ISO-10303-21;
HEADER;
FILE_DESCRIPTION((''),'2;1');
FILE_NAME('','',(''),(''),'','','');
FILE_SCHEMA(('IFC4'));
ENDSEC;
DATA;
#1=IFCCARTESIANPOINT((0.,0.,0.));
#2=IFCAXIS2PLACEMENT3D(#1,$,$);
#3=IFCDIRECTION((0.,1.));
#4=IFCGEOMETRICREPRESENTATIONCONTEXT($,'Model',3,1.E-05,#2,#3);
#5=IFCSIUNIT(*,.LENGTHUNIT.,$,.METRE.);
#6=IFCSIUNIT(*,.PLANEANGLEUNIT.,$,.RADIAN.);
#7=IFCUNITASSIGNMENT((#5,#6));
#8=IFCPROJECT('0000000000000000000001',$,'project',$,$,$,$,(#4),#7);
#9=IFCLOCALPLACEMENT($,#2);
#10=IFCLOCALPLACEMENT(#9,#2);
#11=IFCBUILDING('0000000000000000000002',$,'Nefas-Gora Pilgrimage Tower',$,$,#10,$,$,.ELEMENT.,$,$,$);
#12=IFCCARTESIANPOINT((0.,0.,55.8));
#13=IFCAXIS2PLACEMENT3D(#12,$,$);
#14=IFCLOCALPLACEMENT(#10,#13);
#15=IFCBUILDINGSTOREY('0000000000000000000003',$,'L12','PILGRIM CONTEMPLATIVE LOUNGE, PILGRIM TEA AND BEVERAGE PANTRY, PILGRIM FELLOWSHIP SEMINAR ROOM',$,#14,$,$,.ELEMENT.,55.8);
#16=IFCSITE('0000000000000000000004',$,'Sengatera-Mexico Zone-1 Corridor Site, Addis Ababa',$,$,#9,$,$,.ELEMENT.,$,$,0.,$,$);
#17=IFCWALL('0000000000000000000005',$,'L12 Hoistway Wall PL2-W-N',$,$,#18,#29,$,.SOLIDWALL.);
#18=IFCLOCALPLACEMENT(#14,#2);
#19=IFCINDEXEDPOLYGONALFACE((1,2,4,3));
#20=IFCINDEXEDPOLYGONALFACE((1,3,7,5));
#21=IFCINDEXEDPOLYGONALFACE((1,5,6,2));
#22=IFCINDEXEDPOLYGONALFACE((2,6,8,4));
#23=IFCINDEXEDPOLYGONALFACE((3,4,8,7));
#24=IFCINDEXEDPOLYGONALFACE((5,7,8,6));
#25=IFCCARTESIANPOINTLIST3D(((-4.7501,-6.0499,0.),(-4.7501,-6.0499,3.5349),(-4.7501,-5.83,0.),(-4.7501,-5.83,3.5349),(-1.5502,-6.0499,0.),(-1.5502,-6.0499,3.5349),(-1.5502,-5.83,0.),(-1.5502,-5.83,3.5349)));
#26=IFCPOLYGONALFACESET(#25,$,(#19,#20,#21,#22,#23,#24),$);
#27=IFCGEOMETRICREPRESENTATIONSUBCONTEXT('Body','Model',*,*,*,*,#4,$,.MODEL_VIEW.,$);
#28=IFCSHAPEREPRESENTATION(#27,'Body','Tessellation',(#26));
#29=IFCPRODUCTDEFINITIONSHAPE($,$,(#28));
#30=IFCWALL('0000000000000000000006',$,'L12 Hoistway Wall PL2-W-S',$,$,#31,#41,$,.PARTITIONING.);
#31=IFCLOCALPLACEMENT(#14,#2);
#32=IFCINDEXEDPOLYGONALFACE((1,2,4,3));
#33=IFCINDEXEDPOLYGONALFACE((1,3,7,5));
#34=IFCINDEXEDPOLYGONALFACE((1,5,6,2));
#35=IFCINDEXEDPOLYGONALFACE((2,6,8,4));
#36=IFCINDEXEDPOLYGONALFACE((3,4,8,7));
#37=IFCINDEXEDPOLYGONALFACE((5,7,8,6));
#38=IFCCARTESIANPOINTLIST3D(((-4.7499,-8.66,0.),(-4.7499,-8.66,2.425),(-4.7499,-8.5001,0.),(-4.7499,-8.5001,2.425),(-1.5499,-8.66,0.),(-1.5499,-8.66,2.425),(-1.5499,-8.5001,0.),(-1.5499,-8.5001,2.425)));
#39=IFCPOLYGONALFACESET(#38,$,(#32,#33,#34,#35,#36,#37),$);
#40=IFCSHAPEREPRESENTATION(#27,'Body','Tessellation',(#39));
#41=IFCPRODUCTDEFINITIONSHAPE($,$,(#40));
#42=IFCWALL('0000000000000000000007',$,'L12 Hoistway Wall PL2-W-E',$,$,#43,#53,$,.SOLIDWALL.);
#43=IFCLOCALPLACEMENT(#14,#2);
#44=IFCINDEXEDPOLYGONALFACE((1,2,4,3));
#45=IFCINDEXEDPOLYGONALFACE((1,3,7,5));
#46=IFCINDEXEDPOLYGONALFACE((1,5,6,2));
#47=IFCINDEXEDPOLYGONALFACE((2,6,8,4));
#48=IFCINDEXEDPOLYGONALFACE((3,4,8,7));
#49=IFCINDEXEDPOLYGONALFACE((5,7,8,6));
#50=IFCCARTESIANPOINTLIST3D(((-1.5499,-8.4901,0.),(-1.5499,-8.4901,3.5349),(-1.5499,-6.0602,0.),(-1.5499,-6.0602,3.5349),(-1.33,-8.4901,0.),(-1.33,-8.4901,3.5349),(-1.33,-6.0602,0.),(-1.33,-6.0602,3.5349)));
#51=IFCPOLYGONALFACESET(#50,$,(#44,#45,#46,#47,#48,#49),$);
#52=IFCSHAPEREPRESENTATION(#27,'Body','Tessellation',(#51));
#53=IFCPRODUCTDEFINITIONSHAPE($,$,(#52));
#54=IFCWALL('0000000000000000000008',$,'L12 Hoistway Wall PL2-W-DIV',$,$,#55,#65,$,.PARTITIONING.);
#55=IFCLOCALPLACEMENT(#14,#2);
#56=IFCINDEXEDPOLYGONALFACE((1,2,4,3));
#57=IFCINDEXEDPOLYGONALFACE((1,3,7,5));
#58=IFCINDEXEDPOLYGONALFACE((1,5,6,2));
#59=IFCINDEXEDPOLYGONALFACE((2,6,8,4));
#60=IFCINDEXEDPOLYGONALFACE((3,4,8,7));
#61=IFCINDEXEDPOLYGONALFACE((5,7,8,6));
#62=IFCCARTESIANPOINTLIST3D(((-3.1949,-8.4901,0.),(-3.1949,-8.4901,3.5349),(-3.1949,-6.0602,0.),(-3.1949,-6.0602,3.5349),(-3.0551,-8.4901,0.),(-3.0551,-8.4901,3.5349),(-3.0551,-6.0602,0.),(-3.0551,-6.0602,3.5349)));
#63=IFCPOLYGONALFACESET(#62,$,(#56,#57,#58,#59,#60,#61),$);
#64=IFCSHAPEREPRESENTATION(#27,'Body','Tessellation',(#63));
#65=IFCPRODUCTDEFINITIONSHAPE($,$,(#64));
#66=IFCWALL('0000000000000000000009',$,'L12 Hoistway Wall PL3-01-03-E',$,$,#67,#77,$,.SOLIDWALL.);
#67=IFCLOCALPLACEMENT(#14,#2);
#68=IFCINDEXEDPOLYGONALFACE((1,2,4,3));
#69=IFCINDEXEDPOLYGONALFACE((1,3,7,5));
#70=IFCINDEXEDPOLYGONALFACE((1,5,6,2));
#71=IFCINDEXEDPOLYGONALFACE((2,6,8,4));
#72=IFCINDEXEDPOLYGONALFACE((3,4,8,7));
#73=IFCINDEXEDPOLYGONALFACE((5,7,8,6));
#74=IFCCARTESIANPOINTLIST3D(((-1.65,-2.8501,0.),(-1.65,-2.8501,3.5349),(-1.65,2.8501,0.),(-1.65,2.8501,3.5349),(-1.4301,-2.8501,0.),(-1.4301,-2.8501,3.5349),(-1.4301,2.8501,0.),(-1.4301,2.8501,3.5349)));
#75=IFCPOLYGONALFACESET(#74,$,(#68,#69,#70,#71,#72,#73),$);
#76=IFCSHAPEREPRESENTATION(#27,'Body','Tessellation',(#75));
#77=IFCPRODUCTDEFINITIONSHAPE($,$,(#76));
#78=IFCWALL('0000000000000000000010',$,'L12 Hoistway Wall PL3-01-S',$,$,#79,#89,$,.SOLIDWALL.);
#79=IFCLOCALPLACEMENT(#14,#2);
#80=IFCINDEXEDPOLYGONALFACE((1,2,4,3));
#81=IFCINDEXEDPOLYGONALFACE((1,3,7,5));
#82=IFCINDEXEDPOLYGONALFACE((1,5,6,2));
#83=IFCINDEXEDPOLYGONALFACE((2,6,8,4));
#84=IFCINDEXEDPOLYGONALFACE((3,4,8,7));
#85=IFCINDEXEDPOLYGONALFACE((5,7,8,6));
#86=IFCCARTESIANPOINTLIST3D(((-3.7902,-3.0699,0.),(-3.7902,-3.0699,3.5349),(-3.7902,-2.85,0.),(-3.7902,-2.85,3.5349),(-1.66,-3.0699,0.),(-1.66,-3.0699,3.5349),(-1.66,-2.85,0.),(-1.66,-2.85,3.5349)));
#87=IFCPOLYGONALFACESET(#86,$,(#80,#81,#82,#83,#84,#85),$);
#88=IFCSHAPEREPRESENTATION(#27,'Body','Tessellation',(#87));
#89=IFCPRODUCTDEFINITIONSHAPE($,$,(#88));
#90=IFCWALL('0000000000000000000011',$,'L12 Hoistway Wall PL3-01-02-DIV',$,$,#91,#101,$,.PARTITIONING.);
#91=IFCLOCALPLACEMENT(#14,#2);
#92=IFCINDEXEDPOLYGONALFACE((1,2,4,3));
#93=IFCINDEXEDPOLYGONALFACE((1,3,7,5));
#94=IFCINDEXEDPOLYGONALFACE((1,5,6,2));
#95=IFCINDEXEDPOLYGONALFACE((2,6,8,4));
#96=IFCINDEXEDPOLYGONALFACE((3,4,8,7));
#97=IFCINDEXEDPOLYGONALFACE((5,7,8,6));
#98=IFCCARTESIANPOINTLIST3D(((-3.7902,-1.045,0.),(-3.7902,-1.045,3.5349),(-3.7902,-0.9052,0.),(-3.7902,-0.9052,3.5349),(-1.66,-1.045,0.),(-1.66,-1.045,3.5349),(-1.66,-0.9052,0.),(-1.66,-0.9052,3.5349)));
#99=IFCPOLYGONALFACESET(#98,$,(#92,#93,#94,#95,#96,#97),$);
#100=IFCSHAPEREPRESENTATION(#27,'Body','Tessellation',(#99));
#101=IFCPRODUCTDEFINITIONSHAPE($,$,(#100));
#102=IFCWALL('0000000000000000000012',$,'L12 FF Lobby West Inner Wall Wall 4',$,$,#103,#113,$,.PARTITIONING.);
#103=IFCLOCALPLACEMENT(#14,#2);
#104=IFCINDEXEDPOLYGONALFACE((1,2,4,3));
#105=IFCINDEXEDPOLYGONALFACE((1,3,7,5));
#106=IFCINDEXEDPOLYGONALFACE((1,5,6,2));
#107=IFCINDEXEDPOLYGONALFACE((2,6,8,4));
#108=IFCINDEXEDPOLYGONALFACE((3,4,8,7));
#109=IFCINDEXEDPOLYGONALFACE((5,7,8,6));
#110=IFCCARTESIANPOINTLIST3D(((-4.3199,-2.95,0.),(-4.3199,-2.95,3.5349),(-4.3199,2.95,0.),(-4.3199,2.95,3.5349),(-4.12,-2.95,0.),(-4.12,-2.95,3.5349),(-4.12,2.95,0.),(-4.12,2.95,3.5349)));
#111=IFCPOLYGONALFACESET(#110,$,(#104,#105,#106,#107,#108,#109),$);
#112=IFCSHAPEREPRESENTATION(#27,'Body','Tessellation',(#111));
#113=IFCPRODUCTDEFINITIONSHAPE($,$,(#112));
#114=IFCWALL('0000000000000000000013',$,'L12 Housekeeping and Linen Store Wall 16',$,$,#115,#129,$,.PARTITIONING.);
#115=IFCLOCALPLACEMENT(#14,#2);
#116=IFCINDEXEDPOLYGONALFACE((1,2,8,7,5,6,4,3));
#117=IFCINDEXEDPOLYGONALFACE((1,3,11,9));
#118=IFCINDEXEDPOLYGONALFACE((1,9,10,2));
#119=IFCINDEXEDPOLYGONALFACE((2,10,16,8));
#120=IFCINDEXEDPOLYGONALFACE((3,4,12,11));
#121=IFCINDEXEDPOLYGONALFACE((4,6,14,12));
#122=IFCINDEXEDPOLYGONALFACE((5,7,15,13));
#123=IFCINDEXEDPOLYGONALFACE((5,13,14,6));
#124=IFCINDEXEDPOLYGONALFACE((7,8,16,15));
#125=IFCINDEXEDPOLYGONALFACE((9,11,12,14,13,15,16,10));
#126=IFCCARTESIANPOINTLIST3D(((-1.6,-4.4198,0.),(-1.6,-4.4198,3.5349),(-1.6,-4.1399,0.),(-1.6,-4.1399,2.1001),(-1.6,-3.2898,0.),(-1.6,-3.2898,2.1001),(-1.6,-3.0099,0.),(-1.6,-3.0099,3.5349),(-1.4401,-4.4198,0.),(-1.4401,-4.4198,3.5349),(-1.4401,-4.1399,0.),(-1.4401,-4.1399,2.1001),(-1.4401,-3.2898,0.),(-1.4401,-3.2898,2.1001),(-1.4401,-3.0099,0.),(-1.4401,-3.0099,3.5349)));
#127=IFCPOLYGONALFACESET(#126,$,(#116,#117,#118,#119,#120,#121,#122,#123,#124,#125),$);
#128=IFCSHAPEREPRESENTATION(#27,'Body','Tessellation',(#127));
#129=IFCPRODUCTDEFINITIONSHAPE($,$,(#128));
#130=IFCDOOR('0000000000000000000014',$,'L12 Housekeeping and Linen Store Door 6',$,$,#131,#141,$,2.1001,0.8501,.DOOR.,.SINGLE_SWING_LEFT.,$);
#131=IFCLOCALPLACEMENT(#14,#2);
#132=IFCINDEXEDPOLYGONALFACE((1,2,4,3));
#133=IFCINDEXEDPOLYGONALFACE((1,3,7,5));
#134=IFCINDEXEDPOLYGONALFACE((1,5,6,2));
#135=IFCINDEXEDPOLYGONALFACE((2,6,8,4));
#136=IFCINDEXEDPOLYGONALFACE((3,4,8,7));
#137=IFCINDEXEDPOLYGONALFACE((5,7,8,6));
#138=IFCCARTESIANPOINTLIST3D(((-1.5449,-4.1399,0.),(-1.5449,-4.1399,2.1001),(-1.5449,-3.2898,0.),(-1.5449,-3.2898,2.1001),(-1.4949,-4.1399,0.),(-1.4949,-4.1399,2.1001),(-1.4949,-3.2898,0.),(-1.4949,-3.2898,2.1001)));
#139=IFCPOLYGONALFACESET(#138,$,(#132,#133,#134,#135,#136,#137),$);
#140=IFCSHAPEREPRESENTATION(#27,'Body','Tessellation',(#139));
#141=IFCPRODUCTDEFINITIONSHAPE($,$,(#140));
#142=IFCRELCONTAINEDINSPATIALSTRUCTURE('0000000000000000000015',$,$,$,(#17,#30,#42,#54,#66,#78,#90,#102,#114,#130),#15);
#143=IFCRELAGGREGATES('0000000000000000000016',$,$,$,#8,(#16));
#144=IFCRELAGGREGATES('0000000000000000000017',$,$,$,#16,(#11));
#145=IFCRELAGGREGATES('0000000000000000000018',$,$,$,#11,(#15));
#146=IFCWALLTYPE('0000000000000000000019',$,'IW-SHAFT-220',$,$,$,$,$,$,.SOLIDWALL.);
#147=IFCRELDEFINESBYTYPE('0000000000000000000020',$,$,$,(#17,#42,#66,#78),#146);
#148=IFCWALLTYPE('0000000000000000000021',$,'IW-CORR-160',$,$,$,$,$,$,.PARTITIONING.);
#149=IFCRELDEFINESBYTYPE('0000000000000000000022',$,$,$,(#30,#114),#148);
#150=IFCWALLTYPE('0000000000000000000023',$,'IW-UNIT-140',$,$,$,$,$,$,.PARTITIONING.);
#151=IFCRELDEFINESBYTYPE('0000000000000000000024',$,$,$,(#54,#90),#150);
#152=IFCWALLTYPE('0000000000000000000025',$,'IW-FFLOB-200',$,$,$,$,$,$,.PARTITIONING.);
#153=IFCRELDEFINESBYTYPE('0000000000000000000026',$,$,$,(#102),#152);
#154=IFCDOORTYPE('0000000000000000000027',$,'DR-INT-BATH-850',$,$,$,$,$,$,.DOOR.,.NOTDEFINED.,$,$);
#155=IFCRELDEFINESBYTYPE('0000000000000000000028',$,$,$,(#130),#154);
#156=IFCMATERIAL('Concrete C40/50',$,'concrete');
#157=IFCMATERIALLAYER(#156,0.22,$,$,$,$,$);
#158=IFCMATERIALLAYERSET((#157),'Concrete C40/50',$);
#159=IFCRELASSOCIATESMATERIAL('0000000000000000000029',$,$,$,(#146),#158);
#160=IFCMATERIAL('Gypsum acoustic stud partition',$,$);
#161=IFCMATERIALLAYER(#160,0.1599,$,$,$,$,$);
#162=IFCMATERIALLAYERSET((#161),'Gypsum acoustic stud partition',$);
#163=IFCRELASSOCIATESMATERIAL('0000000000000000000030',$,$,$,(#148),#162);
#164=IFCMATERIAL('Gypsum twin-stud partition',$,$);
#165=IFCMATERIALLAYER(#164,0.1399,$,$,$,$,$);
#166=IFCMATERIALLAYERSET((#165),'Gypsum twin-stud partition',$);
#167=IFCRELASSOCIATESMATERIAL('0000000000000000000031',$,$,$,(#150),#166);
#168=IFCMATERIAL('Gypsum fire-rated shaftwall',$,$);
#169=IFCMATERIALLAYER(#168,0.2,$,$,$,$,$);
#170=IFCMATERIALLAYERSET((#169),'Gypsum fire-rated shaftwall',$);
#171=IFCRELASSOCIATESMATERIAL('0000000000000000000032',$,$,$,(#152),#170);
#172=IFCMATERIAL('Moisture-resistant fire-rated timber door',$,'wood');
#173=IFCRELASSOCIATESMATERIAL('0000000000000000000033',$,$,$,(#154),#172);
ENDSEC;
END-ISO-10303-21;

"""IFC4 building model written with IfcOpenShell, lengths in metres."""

from ifc_helpers import new_model, si_unit, direction, frame, frame_2d, origin, place, context, subcontext, project, spatial, rectangle, extrude, source, transform, mapped, material, layer, layer_set, type_object, element, fill, save


model = new_model("IFC4")

# Units and contexts
model_context = context("Model", 3, precision=1e-05, world=origin(), true_north=direction((0.0, 1.0)))
body_context = subcontext(model_context, "Body", "Model", "MODEL_VIEW")
ifc_project = project(units=[si_unit("LENGTHUNIT", "METRE"), si_unit("PLANEANGLEUNIT", "RADIAN")], contexts=[model_context])

# Site, building, storey
site_placement = place(None, origin())
site = spatial("IfcSite", under=ifc_project, at=site_placement, Name="Sengatera-Mexico Zone-1 Corridor Site, Addis Ababa", CompositionType="ELEMENT", RefElevation=0.0)
building_placement = place(site_placement, origin())
building = spatial("IfcBuilding", under=site, at=building_placement, Name="Nefas-Gora Pilgrimage Tower", CompositionType="ELEMENT")
storey_placement = place(building_placement, frame((0.0, 0.0, 55.8)))
storey = spatial("IfcBuildingStorey", under=building, at=storey_placement, Name="L12", Description="PILGRIM CONTEMPLATIVE LOUNGE, PILGRIM TEA AND BEVERAGE PANTRY, PILGRIM FELLOWSHIP SEMINAR ROOM", CompositionType="ELEMENT", Elevation=55.8)

# Walls
ifc_material_1 = material(Name="Concrete C40/50", Category="concrete")
ifc_layer_1 = layer(ifc_material_1, 0.22)
ifc_layer_set_1 = layer_set([ifc_layer_1], Name="Concrete C40/50")
wall_type_1 = type_object("IfcWallType", Name="IW-SHAFT-220", PredefinedType="SOLIDWALL", material=ifc_layer_set_1)
shared_shape_1 = source(origin(), body_context, "Body", "SweptSolid", [
    extrude(rectangle(XDim=3.2, YDim=0.22, at=frame_2d((1.6001, 0.0))), origin(), (0.0, 0.0, 1.0), 3.5349),
])
wall_1_placement = place(storey_placement, frame((-1.55, -5.9399, 0.0), z_axis=(0.0, 0.0, 1.0), x_axis=(-1.0, 0.0, 0.0)))
element("IfcWall", 1, at=wall_1_placement, inside=storey, type_object=wall_type_1, Name="L12 Hoistway Wall PL2-W-N", PredefinedType="SOLIDWALL", context=body_context, shape_type="MappedRepresentation", body=[
    mapped(shared_shape_1, transform((0.0, 0.0, 0.0), x_axis=(1.0, 0.0, 0.0), y_axis=(0.0, 1.0, 0.0), z_axis=(0.0, 0.0, 1.0), scale=1.0)),
])
ifc_material_2 = material(Name="Gypsum acoustic stud partition")
ifc_layer_2 = layer(ifc_material_2, 0.1599)
ifc_layer_set_2 = layer_set([ifc_layer_2], Name="Gypsum acoustic stud partition")
wall_type_2 = type_object("IfcWallType", Name="IW-CORR-160", PredefinedType="PARTITIONING", material=ifc_layer_set_2)
shared_shape_2 = source(origin(), body_context, "Body", "SweptSolid", [
    extrude(rectangle(XDim=3.2, YDim=0.1599, at=frame_2d((1.6001, 0.0))), origin(), (0.0, 0.0, 1.0), 2.425),
])
wall_2_placement = place(storey_placement, frame((-4.75, -8.5801, 0.0), z_axis=(0.0, 0.0, 1.0), x_axis=(1.0, 0.0, 0.0)))
element("IfcWall", 2, at=wall_2_placement, inside=storey, type_object=wall_type_2, Name="L12 Hoistway Wall PL2-W-S", PredefinedType="PARTITIONING", context=body_context, shape_type="MappedRepresentation", body=[
    mapped(shared_shape_2, transform((0.0, 0.0, 0.0), x_axis=(1.0, 0.0, 0.0), y_axis=(0.0, 1.0, 0.0), z_axis=(0.0, 0.0, 1.0), scale=1.0)),
])
shared_shape_3 = source(origin(), body_context, "Body", "SweptSolid", [
    extrude(rectangle(XDim=2.4299, YDim=0.22, at=frame_2d((1.2148, 0.0))), origin(), (0.0, 0.0, 1.0), 3.5349),
])
for number, where, z_axis, x_axis, name in (
    (3, (-1.4399, -8.49, 0.0), (0.0, 0.0, 1.0), (0.0, 1.0, 0.0), "L12 Hoistway Wall PL2-W-E"),
):
    element("IfcWall", number, at=place(storey_placement, frame(where, z_axis=z_axis, x_axis=x_axis)), inside=storey, type_object=wall_type_1, Name=name, PredefinedType="SOLIDWALL", context=body_context, shape_type="MappedRepresentation", body=[
        mapped(shared_shape_3, transform((0.0, 0.0, 0.0), x_axis=(1.0, 0.0, 0.0), y_axis=(0.0, 1.0, 0.0), z_axis=(0.0, 0.0, 1.0), scale=1.0)),
    ])
ifc_material_3 = material(Name="Gypsum twin-stud partition")
ifc_layer_3 = layer(ifc_material_3, 0.1399)
ifc_layer_set_3 = layer_set([ifc_layer_3], Name="Gypsum twin-stud partition")
wall_type_3 = type_object("IfcWallType", Name="IW-UNIT-140", PredefinedType="PARTITIONING", material=ifc_layer_set_3)
shared_shape_4 = source(origin(), body_context, "Body", "SweptSolid", [
    extrude(rectangle(XDim=2.4299, YDim=0.1399, at=frame_2d((1.2148, 0.0))), origin(), (0.0, 0.0, 1.0), 3.5349),
])
wall_3_placement = place(storey_placement, frame((-3.125, -8.49, 0.0), z_axis=(0.0, 0.0, 1.0), x_axis=(0.0, 1.0, 0.0)))
element("IfcWall", 4, at=wall_3_placement, inside=storey, type_object=wall_type_3, Name="L12 Hoistway Wall PL2-W-DIV", PredefinedType="PARTITIONING", context=body_context, shape_type="MappedRepresentation", body=[
    mapped(shared_shape_4, transform((0.0, 0.0, 0.0), x_axis=(1.0, 0.0, 0.0), y_axis=(0.0, 1.0, 0.0), z_axis=(0.0, 0.0, 1.0), scale=1.0)),
])
shared_shape_5 = source(origin(), body_context, "Body", "SweptSolid", [
    extrude(rectangle(XDim=5.7002, YDim=0.22, at=frame_2d((2.8501, 0.0))), origin(), (0.0, 0.0, 1.0), 3.5349),
])
wall_4_placement = place(storey_placement, frame((-1.54, -2.8501, 0.0), z_axis=(0.0, 0.0, 1.0), x_axis=(0.0, 1.0, 0.0)))
element("IfcWall", 5, at=wall_4_placement, inside=storey, type_object=wall_type_1, Name="L12 Hoistway Wall PL3-01-03-E", PredefinedType="SOLIDWALL", context=body_context, shape_type="MappedRepresentation", body=[
    mapped(shared_shape_5, transform((0.0, 0.0, 0.0), x_axis=(1.0, 0.0, 0.0), y_axis=(0.0, 1.0, 0.0), z_axis=(0.0, 0.0, 1.0), scale=1.0)),
])
shared_shape_6 = source(origin(), body_context, "Body", "SweptSolid", [
    extrude(rectangle(XDim=2.1301, YDim=0.22, at=frame_2d((1.0649, 0.0))), origin(), (0.0, 0.0, 1.0), 3.5349),
])
wall_5_placement = place(storey_placement, frame((-3.79, -2.96, 0.0), z_axis=(0.0, 0.0, 1.0), x_axis=(1.0, 0.0, 0.0)))
element("IfcWall", 6, at=wall_5_placement, inside=storey, type_object=wall_type_1, Name="L12 Hoistway Wall PL3-01-S", PredefinedType="SOLIDWALL", context=body_context, shape_type="MappedRepresentation", body=[
    mapped(shared_shape_6, transform((0.0, 0.0, 0.0), x_axis=(1.0, 0.0, 0.0), y_axis=(0.0, 1.0, 0.0), z_axis=(0.0, 0.0, 1.0), scale=1.0)),
])
shared_shape_7 = source(origin(), body_context, "Body", "SweptSolid", [
    extrude(rectangle(XDim=2.1301, YDim=0.1399, at=frame_2d((1.0649, 0.0))), origin(), (0.0, 0.0, 1.0), 3.5349),
])
wall_6_placement = place(storey_placement, frame((-3.79, -0.9751, 0.0), z_axis=(0.0, 0.0, 1.0), x_axis=(1.0, 0.0, 0.0)))
element("IfcWall", 7, at=wall_6_placement, inside=storey, type_object=wall_type_3, Name="L12 Hoistway Wall PL3-01-02-DIV", PredefinedType="PARTITIONING", context=body_context, shape_type="MappedRepresentation", body=[
    mapped(shared_shape_7, transform((0.0, 0.0, 0.0), x_axis=(1.0, 0.0, 0.0), y_axis=(0.0, 1.0, 0.0), z_axis=(0.0, 0.0, 1.0), scale=1.0)),
])
ifc_material_4 = material(Name="Gypsum fire-rated shaftwall")
ifc_layer_4 = layer(ifc_material_4, 0.2)
ifc_layer_set_4 = layer_set([ifc_layer_4], Name="Gypsum fire-rated shaftwall")
wall_type_4 = type_object("IfcWallType", Name="IW-FFLOB-200", PredefinedType="PARTITIONING", material=ifc_layer_set_4)
shared_shape_8 = source(origin(), body_context, "Body", "SweptSolid", [
    extrude(rectangle(XDim=5.8999, YDim=0.2, at=frame_2d((2.95, 0.0))), origin(), (0.0, 0.0, 1.0), 3.5349),
])
wall_7_placement = place(storey_placement, frame((-4.22, -2.95, 0.0), z_axis=(0.0, 0.0, 1.0), x_axis=(0.0, 1.0, 0.0)))
element("IfcWall", 8, at=wall_7_placement, inside=storey, type_object=wall_type_4, Name="L12 FF Lobby West Inner Wall Wall 4", PredefinedType="PARTITIONING", context=body_context, shape_type="MappedRepresentation", body=[
    mapped(shared_shape_8, transform((0.0, 0.0, 0.0), x_axis=(1.0, 0.0, 0.0), y_axis=(0.0, 1.0, 0.0), z_axis=(0.0, 0.0, 1.0), scale=1.0)),
])

# Wall, opening, door
shared_shape_9 = source(origin(), body_context, "Body", "SweptSolid", [
    extrude(rectangle(XDim=1.4099, YDim=0.1599, at=frame_2d((0.7051, 0.0))), origin(), (0.0, 0.0, 1.0), 3.5349),
])
wall_8_placement = place(storey_placement, frame((-1.52, -4.4199, 0.0), z_axis=(0.0, 0.0, 1.0), x_axis=(0.0, 1.0, 0.0)))
wall_8 = element("IfcWall", 9, at=wall_8_placement, inside=storey, type_object=wall_type_2, Name="L12 Housekeeping and Linen Store Wall 16", PredefinedType="PARTITIONING", context=body_context, shape_type="MappedRepresentation", body=[
    mapped(shared_shape_9, transform((0.0, 0.0, 0.0), x_axis=(1.0, 0.0, 0.0), y_axis=(0.0, 1.0, 0.0), z_axis=(0.0, 0.0, 1.0), scale=1.0)),
])
opening_1_placement = place(wall_8_placement, frame((0.28, 0.0, 0.0)))
opening_1 = element("IfcOpeningElement", 10, at=opening_1_placement, cuts=wall_8, PredefinedType="OPENING", context=body_context, shape_type="SweptSolid", body=[
    extrude(rectangle(XDim=0.8501, YDim=2.1001, at=frame_2d((0.425, 1.05))), frame((0.0, 0.0898, 0.0), z_axis=(0.0, -1.0, 0.0), x_axis=(1.0, 0.0, 0.0)), (0.0, 0.0, 1.0), 0.1799),
])
ifc_material_5 = material(Name="Moisture-resistant fire-rated timber door", Category="wood")
door_type = type_object("IfcDoorType", Name="DR-INT-BATH-850", OperationType="NOTDEFINED", PredefinedType="DOOR", material=ifc_material_5)
shared_shape_10 = source(origin(), body_context, "Body", "SweptSolid", [
    extrude(rectangle(XDim=0.8501, YDim=2.1001, at=frame_2d((0.425, 1.05))), frame((0.0, 0.0249, 0.0), z_axis=(0.0, -1.0, 0.0), x_axis=(1.0, 0.0, 0.0)), (0.0, 0.0, 1.0), 0.05),
])
door_1_placement = place(opening_1_placement, origin())
door_1 = element("IfcDoor", 11, at=door_1_placement, inside=storey, type_object=door_type, Name="L12 Housekeeping and Linen Store Door 6", OperationType="SINGLE_SWING_LEFT", OverallHeight=2.1001, OverallWidth=0.8501, PredefinedType="DOOR", context=body_context, shape_type="MappedRepresentation", body=[
    mapped(shared_shape_10, transform((0.0, 0.0, 0.0), x_axis=(1.0, 0.0, 0.0), y_axis=(0.0, 1.0, 0.0), z_axis=(0.0, 0.0, 1.0), scale=1.0)),
])
fill(opening_1, door_1)

save(model, "model.ifc")
